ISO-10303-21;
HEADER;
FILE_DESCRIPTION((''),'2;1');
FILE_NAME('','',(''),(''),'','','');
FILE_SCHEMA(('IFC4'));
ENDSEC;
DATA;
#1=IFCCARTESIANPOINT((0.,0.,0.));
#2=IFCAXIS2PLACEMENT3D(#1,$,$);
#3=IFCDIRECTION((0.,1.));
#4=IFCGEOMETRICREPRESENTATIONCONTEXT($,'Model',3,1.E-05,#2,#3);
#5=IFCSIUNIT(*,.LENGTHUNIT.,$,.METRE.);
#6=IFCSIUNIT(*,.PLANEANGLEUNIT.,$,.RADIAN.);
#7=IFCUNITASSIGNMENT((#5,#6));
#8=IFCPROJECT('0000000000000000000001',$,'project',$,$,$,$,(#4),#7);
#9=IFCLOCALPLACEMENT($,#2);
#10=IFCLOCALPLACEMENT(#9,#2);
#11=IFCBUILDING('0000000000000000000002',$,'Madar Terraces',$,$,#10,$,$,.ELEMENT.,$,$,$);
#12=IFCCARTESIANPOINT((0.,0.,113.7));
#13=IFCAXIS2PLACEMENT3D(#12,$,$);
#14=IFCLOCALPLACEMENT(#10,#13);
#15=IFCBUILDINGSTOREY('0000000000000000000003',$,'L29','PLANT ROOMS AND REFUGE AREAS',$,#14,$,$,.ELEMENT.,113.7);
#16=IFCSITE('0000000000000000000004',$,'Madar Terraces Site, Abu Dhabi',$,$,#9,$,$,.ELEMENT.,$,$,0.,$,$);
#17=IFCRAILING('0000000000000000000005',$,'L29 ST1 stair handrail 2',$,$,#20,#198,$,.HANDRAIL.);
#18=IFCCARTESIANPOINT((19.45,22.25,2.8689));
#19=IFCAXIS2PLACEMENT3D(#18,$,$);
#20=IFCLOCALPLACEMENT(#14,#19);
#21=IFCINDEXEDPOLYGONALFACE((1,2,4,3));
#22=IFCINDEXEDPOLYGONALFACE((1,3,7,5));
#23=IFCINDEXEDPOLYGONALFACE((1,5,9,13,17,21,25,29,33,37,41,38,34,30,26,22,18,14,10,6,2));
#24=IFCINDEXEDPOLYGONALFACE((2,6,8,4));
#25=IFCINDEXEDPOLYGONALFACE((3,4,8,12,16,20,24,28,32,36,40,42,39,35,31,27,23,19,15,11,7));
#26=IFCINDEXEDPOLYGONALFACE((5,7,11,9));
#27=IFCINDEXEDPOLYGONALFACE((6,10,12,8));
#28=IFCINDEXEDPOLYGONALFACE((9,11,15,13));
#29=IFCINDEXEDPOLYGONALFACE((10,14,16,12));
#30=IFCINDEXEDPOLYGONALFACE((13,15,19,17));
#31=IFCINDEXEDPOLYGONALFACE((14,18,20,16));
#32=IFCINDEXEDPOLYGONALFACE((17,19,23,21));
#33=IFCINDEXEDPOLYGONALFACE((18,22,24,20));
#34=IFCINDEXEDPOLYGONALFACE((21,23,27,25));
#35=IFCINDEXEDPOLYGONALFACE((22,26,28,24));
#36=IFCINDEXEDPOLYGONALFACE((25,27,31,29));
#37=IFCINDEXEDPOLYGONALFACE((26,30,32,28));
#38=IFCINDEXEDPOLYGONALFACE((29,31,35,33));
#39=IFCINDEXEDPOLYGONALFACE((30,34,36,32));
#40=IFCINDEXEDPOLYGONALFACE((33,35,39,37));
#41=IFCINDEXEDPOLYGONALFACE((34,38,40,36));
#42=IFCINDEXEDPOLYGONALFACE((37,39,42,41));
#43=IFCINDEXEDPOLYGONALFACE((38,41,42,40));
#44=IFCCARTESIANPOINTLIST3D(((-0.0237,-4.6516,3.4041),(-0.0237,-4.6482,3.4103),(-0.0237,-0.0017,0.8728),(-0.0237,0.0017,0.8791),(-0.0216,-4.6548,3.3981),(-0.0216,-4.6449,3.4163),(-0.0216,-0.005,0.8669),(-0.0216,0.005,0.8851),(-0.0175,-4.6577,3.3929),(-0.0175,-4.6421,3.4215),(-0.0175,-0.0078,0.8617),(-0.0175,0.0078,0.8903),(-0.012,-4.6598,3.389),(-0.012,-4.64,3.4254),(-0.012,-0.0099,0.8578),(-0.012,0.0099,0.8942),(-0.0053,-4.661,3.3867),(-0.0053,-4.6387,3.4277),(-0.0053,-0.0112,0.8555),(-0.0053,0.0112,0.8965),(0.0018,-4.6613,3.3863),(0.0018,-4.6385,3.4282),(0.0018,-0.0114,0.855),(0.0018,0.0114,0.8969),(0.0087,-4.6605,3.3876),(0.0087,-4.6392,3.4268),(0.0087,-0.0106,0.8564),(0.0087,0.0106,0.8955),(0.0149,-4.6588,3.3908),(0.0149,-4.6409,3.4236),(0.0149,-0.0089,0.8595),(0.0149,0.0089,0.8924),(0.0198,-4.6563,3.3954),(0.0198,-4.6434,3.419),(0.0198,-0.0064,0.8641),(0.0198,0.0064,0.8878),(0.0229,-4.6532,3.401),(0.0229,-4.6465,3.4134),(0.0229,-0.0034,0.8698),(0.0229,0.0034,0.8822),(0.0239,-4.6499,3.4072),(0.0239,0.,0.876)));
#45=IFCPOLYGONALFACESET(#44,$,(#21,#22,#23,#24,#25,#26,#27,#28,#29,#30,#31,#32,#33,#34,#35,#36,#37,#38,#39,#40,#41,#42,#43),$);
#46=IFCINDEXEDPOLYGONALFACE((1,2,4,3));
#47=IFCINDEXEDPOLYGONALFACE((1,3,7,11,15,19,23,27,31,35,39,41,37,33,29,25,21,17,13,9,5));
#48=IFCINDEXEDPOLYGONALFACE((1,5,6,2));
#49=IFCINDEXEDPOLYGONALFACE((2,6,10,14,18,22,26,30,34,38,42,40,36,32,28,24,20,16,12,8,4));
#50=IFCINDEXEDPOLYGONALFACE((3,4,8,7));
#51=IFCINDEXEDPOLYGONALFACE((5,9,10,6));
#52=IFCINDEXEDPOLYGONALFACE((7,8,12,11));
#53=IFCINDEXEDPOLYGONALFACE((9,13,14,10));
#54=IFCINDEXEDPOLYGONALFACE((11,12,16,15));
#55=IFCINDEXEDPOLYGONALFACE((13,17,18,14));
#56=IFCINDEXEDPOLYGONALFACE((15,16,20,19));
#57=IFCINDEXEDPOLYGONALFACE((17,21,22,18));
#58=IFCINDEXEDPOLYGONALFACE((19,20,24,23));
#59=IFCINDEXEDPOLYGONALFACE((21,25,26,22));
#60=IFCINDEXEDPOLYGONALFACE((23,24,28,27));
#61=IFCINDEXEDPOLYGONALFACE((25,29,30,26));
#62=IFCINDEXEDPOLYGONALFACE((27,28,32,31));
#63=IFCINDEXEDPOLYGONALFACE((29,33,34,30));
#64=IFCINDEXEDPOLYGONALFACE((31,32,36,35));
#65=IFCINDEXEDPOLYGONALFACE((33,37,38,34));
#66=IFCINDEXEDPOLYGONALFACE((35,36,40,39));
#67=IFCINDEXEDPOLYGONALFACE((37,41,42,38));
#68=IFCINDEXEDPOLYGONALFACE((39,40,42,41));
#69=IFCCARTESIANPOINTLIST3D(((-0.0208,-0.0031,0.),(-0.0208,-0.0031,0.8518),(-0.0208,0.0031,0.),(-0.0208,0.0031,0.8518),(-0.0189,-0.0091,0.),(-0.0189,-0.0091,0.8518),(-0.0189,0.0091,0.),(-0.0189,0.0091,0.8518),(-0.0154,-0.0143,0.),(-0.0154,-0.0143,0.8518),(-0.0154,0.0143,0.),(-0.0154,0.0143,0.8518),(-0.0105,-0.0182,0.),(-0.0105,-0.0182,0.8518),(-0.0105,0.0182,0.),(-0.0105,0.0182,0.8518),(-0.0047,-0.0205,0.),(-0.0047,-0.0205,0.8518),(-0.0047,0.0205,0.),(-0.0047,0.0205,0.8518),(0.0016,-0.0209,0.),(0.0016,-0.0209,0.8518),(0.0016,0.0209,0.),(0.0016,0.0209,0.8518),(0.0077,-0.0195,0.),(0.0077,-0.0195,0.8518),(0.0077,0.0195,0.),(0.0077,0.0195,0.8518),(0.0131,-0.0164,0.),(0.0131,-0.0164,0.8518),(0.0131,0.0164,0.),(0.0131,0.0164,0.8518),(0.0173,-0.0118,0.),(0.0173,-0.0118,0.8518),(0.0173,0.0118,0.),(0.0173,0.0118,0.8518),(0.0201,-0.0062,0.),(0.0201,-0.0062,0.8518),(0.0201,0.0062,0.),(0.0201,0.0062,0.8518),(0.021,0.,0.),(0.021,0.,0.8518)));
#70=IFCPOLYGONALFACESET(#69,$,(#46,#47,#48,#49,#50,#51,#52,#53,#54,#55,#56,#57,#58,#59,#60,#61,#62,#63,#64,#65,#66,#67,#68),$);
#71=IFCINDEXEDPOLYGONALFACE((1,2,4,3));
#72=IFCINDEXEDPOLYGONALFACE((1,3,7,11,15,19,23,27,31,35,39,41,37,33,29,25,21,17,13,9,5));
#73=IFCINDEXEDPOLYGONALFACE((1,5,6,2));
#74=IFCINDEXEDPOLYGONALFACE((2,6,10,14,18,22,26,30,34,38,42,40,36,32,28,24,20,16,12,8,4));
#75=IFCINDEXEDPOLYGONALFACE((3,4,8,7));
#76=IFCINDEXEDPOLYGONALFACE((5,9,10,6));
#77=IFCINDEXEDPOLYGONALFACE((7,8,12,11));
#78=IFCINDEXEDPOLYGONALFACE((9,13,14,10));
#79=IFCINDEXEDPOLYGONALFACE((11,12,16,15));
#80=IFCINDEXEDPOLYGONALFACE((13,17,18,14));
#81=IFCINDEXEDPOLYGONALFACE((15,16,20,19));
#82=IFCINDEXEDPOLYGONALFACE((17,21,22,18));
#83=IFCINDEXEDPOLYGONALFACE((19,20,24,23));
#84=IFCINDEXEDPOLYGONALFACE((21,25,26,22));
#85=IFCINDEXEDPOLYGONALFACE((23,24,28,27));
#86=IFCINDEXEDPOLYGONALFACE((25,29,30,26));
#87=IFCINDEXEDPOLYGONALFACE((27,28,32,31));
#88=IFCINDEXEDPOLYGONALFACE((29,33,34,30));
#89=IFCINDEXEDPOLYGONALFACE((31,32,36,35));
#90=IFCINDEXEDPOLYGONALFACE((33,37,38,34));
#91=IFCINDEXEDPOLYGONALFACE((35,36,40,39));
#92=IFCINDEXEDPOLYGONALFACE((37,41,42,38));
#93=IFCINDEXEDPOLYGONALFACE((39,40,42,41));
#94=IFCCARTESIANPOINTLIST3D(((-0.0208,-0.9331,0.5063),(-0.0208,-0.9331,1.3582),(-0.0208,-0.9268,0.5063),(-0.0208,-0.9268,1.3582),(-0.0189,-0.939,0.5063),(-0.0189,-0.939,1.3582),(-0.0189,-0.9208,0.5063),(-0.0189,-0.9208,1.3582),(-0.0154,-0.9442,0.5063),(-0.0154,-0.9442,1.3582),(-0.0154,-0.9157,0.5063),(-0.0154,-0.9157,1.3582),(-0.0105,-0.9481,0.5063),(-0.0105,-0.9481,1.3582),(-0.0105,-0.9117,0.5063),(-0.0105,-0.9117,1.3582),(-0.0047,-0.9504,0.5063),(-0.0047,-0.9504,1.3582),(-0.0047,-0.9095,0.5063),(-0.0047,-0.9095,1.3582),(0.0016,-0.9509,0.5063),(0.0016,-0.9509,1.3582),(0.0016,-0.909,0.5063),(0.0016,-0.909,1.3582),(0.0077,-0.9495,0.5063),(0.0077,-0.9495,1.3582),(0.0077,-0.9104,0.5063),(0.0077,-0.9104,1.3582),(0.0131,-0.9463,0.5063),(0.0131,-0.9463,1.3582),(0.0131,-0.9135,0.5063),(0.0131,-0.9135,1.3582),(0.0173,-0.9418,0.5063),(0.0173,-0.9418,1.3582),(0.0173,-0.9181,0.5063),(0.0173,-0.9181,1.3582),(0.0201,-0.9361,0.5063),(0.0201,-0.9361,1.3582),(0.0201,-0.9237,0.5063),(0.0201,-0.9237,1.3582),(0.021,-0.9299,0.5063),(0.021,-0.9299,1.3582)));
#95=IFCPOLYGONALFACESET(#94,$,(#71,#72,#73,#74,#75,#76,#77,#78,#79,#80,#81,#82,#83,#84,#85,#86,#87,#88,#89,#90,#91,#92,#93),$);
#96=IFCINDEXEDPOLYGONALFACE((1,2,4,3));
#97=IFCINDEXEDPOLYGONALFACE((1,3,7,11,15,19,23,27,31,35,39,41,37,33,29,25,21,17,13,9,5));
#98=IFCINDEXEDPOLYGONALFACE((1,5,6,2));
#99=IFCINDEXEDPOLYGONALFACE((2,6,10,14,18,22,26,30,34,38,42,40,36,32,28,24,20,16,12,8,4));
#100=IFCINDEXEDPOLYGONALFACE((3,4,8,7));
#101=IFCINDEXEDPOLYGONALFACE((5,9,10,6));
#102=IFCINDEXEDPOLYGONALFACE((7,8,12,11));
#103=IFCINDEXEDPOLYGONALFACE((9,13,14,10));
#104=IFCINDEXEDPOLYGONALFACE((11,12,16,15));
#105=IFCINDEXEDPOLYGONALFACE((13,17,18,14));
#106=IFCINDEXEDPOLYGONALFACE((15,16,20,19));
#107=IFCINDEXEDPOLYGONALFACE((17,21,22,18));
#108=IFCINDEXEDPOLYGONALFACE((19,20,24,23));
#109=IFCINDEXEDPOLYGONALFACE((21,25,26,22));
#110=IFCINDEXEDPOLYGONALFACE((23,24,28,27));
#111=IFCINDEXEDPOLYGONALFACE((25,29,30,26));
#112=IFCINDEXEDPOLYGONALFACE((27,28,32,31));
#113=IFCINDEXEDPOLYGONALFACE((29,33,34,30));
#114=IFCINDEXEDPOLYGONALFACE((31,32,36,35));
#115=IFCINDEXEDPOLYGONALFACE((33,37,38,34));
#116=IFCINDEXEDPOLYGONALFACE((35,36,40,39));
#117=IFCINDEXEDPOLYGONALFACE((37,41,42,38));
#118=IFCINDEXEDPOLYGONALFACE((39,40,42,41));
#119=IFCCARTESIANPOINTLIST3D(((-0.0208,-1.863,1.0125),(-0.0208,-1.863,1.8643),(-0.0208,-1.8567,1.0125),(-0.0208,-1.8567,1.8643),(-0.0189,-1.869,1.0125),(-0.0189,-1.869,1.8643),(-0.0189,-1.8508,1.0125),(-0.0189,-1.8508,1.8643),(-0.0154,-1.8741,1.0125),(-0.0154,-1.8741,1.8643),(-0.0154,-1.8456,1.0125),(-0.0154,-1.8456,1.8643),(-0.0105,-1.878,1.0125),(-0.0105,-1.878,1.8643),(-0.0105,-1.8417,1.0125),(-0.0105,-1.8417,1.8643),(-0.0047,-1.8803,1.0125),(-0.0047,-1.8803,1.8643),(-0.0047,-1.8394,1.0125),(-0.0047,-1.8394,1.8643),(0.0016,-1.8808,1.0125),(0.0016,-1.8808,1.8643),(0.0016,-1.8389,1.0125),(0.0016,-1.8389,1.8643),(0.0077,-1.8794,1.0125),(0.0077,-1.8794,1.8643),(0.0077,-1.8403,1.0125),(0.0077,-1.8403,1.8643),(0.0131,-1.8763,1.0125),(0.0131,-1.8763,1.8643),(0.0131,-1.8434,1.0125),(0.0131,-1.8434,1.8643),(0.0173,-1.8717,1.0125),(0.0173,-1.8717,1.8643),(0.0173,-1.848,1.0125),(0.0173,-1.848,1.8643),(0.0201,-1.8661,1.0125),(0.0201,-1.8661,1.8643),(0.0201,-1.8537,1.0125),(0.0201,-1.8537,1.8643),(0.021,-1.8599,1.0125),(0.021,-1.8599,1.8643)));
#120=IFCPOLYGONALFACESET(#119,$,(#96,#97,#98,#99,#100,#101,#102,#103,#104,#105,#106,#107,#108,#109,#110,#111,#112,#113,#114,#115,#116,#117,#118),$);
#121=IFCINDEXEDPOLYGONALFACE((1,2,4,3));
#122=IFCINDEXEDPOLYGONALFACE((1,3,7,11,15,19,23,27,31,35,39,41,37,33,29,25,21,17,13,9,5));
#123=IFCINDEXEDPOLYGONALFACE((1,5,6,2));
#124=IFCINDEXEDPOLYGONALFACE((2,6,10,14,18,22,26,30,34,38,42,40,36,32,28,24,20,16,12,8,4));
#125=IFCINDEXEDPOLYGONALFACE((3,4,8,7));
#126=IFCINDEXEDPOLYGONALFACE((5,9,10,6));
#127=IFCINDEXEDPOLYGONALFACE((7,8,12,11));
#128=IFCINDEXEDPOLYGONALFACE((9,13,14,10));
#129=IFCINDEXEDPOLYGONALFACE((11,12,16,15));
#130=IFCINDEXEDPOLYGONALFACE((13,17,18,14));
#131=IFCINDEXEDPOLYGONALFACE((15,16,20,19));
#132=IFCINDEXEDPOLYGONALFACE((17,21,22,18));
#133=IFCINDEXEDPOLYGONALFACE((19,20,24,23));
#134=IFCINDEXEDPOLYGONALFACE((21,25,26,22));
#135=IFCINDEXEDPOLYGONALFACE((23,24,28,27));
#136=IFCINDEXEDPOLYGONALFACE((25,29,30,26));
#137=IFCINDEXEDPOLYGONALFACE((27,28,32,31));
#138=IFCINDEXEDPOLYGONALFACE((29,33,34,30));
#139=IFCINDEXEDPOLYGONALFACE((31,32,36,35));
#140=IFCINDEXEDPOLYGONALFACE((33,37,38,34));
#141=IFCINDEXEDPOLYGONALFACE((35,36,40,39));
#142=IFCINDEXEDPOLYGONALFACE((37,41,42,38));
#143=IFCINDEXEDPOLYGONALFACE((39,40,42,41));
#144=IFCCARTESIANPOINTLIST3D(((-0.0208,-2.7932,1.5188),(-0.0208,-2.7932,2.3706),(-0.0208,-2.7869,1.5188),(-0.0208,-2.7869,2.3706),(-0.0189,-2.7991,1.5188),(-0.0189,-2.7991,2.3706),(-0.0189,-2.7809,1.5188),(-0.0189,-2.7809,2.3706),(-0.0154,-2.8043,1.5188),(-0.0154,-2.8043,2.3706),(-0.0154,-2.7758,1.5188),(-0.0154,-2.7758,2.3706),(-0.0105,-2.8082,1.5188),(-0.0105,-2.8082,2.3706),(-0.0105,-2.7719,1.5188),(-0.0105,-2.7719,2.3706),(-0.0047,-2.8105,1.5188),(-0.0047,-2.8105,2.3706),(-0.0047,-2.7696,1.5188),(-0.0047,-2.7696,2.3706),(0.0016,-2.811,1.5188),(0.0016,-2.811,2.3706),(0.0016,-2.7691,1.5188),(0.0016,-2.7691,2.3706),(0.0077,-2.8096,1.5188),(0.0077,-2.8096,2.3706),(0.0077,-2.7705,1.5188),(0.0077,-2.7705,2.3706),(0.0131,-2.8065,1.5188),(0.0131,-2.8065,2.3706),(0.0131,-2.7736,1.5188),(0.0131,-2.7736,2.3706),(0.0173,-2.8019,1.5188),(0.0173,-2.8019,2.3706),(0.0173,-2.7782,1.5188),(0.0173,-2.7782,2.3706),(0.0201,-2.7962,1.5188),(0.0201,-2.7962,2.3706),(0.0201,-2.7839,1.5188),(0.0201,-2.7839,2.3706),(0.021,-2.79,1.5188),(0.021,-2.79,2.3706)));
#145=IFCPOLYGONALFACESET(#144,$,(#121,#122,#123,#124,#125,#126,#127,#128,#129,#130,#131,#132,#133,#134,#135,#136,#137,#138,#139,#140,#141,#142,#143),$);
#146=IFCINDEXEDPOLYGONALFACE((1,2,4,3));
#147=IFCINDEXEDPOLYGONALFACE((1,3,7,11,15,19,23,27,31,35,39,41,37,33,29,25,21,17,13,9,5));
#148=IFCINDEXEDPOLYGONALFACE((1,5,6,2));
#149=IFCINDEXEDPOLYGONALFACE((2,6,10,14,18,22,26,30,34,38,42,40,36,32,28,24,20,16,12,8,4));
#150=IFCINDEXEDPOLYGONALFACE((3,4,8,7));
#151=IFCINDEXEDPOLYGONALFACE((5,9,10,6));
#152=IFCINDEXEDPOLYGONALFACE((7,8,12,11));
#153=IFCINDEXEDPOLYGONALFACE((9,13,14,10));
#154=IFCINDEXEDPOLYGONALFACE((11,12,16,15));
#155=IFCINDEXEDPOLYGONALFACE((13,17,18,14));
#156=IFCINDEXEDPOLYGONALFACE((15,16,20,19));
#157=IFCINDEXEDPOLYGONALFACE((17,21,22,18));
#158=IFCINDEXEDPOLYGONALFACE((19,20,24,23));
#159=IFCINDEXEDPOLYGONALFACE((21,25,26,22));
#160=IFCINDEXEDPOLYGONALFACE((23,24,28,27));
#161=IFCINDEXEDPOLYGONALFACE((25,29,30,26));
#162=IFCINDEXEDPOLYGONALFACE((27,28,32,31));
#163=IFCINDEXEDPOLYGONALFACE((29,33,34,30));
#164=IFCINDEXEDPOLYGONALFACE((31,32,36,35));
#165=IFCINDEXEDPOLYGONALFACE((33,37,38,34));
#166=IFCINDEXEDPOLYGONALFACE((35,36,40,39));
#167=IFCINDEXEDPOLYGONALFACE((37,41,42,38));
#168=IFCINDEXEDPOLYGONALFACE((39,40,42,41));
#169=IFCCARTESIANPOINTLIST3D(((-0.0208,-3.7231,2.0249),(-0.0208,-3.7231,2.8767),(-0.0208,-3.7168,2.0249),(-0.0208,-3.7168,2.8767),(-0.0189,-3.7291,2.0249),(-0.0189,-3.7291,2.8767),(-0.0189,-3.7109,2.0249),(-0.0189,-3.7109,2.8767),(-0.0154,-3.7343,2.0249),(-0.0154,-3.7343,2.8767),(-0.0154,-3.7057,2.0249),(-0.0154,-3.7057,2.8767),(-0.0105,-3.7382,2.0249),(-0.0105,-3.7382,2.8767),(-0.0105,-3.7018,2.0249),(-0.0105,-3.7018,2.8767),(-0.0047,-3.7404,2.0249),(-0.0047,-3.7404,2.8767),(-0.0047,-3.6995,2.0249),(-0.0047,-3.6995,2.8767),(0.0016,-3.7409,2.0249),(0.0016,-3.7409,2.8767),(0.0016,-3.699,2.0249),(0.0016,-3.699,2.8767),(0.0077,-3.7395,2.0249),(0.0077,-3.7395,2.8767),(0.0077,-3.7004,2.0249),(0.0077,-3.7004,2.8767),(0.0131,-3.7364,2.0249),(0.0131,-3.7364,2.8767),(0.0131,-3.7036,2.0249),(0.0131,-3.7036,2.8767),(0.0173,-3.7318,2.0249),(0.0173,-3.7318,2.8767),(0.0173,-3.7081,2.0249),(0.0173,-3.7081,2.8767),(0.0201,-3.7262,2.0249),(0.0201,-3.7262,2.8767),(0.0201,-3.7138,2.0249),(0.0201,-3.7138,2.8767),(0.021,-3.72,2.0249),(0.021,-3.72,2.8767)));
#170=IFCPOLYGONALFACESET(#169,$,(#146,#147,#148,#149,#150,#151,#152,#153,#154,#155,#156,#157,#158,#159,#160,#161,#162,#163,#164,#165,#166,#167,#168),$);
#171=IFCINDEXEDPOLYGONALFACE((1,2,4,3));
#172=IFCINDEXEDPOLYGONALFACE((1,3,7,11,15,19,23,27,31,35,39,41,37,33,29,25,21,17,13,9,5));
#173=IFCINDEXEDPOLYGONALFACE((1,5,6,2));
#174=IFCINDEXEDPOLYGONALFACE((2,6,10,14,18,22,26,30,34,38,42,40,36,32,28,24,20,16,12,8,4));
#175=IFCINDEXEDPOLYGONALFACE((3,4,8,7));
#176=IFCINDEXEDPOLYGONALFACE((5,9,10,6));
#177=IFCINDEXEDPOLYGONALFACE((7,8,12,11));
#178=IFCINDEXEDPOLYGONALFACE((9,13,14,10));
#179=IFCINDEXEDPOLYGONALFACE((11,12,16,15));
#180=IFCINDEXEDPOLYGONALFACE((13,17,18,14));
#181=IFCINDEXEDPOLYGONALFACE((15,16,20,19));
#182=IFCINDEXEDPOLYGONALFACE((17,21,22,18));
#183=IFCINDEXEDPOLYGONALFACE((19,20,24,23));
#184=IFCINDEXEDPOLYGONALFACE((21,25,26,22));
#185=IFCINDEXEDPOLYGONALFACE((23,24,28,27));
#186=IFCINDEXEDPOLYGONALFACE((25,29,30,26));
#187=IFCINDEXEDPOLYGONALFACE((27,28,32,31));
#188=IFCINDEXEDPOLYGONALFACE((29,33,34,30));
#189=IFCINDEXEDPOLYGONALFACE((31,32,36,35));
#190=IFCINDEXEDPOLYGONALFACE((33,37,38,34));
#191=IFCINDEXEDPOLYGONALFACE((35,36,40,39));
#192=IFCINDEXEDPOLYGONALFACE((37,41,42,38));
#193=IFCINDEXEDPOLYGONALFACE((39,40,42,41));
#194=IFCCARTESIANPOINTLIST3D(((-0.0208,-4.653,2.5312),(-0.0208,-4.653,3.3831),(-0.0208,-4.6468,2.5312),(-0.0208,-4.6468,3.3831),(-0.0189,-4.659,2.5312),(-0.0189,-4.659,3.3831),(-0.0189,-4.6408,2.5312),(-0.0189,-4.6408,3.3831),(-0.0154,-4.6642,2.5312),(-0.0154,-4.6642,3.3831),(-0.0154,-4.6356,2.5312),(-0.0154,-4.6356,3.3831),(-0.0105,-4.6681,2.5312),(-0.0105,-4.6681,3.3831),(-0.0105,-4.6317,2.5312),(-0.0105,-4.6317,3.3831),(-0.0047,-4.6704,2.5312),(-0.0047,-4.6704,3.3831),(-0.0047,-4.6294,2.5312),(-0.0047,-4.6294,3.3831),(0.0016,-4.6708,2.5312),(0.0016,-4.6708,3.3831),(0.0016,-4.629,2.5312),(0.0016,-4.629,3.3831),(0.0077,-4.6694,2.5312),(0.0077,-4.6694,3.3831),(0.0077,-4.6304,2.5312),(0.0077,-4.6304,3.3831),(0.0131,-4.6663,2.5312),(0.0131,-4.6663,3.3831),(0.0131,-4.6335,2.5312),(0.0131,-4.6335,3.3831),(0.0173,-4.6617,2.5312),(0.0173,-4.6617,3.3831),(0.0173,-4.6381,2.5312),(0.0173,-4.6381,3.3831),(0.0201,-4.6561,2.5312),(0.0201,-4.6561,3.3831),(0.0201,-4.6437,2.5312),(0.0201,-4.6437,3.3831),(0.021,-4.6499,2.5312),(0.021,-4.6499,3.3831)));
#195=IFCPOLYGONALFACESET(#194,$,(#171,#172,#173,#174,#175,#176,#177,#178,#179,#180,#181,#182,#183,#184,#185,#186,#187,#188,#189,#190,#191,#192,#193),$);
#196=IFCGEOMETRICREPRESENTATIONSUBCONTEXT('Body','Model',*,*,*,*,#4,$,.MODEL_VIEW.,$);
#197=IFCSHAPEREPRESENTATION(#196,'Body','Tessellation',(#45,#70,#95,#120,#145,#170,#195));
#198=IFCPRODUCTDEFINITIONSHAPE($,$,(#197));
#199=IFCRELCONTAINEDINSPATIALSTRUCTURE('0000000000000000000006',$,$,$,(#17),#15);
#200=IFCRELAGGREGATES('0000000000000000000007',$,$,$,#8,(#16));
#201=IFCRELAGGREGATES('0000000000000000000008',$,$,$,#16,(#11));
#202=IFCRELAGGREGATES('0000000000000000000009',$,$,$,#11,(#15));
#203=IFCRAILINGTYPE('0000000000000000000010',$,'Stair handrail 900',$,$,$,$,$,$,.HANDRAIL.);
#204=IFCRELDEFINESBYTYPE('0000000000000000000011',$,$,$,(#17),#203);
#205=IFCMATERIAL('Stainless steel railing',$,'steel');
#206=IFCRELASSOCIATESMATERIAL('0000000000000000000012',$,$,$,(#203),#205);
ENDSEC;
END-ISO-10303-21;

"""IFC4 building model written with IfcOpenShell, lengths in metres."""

from ifc_helpers import new_model, si_unit, direction, frame, origin, origin_2d, place, context, subcontext, project, spatial, circle, extrude, material, type_object, element, save


model = new_model("IFC4")

# Units and contexts
model_context = context("Model", 3, precision=1e-05, world=origin(), true_north=direction((0.0, 1.0)))
body_context = subcontext(model_context, "Body", "Model", "MODEL_VIEW")
ifc_project = project(units=[si_unit("LENGTHUNIT", "METRE"), si_unit("PLANEANGLEUNIT", "RADIAN")], contexts=[model_context])

# Site, building, storey
site_placement = place(None, origin())
site = spatial("IfcSite", under=ifc_project, at=site_placement, Name="Madar Terraces Site, Abu Dhabi", CompositionType="ELEMENT", RefElevation=0.0)
building_placement = place(site_placement, origin())
building = spatial("IfcBuilding", under=site, at=building_placement, Name="Madar Terraces", CompositionType="ELEMENT")
storey_placement = place(building_placement, frame((0.0, 0.0, 113.7)))
storey = spatial("IfcBuildingStorey", under=building, at=storey_placement, Name="L29", Description="PLANT ROOMS AND REFUGE AREAS", CompositionType="ELEMENT", Elevation=113.7)

# Railing
ifc_material_1 = material(Name="Stainless steel railing", Category="steel")
railing_type_1 = type_object("IfcRailingType", Name="Stair handrail 900", PredefinedType="HANDRAIL", material=ifc_material_1)
railing_1_placement = place(storey_placement, frame((19.45, 22.25, 2.8689)))
element("IfcRailing", 1, at=railing_1_placement, inside=storey, type_object=railing_type_1, Name="L29 ST1 stair handrail 2", PredefinedType="HANDRAIL", context=body_context, shape_type="SweptSolid", body=[
    extrude(circle(Radius=0.0239, at=origin_2d()), frame((0.0, 0.0, 0.876), z_axis=(0.0, -0.878297, 0.478115), x_axis=(1.0, 0.0, 0.0)), (0.0, 0.0, 1.0), 5.2942),
    extrude(circle(Radius=0.021, at=origin_2d()), origin(), (0.0, 0.0, 1.0), 0.8518),
    extrude(circle(Radius=0.021, at=origin_2d()), frame((0.0, -0.9299, 0.5063)), (0.0, 0.0, 1.0), 0.8518),
    extrude(circle(Radius=0.021, at=origin_2d()), frame((0.0, -1.8599, 1.0125)), (0.0, 0.0, 1.0), 0.8518),
    extrude(circle(Radius=0.021, at=origin_2d()), frame((0.0, -2.79, 1.5188)), (0.0, 0.0, 1.0), 0.8518),
    extrude(circle(Radius=0.021, at=origin_2d()), frame((0.0, -3.72, 2.0249)), (0.0, 0.0, 1.0), 0.8518),
    extrude(circle(Radius=0.021, at=origin_2d()), frame((0.0, -4.6499, 2.5312)), (0.0, 0.0, 1.0), 0.8518),
])

save(model, "model.ifc")
